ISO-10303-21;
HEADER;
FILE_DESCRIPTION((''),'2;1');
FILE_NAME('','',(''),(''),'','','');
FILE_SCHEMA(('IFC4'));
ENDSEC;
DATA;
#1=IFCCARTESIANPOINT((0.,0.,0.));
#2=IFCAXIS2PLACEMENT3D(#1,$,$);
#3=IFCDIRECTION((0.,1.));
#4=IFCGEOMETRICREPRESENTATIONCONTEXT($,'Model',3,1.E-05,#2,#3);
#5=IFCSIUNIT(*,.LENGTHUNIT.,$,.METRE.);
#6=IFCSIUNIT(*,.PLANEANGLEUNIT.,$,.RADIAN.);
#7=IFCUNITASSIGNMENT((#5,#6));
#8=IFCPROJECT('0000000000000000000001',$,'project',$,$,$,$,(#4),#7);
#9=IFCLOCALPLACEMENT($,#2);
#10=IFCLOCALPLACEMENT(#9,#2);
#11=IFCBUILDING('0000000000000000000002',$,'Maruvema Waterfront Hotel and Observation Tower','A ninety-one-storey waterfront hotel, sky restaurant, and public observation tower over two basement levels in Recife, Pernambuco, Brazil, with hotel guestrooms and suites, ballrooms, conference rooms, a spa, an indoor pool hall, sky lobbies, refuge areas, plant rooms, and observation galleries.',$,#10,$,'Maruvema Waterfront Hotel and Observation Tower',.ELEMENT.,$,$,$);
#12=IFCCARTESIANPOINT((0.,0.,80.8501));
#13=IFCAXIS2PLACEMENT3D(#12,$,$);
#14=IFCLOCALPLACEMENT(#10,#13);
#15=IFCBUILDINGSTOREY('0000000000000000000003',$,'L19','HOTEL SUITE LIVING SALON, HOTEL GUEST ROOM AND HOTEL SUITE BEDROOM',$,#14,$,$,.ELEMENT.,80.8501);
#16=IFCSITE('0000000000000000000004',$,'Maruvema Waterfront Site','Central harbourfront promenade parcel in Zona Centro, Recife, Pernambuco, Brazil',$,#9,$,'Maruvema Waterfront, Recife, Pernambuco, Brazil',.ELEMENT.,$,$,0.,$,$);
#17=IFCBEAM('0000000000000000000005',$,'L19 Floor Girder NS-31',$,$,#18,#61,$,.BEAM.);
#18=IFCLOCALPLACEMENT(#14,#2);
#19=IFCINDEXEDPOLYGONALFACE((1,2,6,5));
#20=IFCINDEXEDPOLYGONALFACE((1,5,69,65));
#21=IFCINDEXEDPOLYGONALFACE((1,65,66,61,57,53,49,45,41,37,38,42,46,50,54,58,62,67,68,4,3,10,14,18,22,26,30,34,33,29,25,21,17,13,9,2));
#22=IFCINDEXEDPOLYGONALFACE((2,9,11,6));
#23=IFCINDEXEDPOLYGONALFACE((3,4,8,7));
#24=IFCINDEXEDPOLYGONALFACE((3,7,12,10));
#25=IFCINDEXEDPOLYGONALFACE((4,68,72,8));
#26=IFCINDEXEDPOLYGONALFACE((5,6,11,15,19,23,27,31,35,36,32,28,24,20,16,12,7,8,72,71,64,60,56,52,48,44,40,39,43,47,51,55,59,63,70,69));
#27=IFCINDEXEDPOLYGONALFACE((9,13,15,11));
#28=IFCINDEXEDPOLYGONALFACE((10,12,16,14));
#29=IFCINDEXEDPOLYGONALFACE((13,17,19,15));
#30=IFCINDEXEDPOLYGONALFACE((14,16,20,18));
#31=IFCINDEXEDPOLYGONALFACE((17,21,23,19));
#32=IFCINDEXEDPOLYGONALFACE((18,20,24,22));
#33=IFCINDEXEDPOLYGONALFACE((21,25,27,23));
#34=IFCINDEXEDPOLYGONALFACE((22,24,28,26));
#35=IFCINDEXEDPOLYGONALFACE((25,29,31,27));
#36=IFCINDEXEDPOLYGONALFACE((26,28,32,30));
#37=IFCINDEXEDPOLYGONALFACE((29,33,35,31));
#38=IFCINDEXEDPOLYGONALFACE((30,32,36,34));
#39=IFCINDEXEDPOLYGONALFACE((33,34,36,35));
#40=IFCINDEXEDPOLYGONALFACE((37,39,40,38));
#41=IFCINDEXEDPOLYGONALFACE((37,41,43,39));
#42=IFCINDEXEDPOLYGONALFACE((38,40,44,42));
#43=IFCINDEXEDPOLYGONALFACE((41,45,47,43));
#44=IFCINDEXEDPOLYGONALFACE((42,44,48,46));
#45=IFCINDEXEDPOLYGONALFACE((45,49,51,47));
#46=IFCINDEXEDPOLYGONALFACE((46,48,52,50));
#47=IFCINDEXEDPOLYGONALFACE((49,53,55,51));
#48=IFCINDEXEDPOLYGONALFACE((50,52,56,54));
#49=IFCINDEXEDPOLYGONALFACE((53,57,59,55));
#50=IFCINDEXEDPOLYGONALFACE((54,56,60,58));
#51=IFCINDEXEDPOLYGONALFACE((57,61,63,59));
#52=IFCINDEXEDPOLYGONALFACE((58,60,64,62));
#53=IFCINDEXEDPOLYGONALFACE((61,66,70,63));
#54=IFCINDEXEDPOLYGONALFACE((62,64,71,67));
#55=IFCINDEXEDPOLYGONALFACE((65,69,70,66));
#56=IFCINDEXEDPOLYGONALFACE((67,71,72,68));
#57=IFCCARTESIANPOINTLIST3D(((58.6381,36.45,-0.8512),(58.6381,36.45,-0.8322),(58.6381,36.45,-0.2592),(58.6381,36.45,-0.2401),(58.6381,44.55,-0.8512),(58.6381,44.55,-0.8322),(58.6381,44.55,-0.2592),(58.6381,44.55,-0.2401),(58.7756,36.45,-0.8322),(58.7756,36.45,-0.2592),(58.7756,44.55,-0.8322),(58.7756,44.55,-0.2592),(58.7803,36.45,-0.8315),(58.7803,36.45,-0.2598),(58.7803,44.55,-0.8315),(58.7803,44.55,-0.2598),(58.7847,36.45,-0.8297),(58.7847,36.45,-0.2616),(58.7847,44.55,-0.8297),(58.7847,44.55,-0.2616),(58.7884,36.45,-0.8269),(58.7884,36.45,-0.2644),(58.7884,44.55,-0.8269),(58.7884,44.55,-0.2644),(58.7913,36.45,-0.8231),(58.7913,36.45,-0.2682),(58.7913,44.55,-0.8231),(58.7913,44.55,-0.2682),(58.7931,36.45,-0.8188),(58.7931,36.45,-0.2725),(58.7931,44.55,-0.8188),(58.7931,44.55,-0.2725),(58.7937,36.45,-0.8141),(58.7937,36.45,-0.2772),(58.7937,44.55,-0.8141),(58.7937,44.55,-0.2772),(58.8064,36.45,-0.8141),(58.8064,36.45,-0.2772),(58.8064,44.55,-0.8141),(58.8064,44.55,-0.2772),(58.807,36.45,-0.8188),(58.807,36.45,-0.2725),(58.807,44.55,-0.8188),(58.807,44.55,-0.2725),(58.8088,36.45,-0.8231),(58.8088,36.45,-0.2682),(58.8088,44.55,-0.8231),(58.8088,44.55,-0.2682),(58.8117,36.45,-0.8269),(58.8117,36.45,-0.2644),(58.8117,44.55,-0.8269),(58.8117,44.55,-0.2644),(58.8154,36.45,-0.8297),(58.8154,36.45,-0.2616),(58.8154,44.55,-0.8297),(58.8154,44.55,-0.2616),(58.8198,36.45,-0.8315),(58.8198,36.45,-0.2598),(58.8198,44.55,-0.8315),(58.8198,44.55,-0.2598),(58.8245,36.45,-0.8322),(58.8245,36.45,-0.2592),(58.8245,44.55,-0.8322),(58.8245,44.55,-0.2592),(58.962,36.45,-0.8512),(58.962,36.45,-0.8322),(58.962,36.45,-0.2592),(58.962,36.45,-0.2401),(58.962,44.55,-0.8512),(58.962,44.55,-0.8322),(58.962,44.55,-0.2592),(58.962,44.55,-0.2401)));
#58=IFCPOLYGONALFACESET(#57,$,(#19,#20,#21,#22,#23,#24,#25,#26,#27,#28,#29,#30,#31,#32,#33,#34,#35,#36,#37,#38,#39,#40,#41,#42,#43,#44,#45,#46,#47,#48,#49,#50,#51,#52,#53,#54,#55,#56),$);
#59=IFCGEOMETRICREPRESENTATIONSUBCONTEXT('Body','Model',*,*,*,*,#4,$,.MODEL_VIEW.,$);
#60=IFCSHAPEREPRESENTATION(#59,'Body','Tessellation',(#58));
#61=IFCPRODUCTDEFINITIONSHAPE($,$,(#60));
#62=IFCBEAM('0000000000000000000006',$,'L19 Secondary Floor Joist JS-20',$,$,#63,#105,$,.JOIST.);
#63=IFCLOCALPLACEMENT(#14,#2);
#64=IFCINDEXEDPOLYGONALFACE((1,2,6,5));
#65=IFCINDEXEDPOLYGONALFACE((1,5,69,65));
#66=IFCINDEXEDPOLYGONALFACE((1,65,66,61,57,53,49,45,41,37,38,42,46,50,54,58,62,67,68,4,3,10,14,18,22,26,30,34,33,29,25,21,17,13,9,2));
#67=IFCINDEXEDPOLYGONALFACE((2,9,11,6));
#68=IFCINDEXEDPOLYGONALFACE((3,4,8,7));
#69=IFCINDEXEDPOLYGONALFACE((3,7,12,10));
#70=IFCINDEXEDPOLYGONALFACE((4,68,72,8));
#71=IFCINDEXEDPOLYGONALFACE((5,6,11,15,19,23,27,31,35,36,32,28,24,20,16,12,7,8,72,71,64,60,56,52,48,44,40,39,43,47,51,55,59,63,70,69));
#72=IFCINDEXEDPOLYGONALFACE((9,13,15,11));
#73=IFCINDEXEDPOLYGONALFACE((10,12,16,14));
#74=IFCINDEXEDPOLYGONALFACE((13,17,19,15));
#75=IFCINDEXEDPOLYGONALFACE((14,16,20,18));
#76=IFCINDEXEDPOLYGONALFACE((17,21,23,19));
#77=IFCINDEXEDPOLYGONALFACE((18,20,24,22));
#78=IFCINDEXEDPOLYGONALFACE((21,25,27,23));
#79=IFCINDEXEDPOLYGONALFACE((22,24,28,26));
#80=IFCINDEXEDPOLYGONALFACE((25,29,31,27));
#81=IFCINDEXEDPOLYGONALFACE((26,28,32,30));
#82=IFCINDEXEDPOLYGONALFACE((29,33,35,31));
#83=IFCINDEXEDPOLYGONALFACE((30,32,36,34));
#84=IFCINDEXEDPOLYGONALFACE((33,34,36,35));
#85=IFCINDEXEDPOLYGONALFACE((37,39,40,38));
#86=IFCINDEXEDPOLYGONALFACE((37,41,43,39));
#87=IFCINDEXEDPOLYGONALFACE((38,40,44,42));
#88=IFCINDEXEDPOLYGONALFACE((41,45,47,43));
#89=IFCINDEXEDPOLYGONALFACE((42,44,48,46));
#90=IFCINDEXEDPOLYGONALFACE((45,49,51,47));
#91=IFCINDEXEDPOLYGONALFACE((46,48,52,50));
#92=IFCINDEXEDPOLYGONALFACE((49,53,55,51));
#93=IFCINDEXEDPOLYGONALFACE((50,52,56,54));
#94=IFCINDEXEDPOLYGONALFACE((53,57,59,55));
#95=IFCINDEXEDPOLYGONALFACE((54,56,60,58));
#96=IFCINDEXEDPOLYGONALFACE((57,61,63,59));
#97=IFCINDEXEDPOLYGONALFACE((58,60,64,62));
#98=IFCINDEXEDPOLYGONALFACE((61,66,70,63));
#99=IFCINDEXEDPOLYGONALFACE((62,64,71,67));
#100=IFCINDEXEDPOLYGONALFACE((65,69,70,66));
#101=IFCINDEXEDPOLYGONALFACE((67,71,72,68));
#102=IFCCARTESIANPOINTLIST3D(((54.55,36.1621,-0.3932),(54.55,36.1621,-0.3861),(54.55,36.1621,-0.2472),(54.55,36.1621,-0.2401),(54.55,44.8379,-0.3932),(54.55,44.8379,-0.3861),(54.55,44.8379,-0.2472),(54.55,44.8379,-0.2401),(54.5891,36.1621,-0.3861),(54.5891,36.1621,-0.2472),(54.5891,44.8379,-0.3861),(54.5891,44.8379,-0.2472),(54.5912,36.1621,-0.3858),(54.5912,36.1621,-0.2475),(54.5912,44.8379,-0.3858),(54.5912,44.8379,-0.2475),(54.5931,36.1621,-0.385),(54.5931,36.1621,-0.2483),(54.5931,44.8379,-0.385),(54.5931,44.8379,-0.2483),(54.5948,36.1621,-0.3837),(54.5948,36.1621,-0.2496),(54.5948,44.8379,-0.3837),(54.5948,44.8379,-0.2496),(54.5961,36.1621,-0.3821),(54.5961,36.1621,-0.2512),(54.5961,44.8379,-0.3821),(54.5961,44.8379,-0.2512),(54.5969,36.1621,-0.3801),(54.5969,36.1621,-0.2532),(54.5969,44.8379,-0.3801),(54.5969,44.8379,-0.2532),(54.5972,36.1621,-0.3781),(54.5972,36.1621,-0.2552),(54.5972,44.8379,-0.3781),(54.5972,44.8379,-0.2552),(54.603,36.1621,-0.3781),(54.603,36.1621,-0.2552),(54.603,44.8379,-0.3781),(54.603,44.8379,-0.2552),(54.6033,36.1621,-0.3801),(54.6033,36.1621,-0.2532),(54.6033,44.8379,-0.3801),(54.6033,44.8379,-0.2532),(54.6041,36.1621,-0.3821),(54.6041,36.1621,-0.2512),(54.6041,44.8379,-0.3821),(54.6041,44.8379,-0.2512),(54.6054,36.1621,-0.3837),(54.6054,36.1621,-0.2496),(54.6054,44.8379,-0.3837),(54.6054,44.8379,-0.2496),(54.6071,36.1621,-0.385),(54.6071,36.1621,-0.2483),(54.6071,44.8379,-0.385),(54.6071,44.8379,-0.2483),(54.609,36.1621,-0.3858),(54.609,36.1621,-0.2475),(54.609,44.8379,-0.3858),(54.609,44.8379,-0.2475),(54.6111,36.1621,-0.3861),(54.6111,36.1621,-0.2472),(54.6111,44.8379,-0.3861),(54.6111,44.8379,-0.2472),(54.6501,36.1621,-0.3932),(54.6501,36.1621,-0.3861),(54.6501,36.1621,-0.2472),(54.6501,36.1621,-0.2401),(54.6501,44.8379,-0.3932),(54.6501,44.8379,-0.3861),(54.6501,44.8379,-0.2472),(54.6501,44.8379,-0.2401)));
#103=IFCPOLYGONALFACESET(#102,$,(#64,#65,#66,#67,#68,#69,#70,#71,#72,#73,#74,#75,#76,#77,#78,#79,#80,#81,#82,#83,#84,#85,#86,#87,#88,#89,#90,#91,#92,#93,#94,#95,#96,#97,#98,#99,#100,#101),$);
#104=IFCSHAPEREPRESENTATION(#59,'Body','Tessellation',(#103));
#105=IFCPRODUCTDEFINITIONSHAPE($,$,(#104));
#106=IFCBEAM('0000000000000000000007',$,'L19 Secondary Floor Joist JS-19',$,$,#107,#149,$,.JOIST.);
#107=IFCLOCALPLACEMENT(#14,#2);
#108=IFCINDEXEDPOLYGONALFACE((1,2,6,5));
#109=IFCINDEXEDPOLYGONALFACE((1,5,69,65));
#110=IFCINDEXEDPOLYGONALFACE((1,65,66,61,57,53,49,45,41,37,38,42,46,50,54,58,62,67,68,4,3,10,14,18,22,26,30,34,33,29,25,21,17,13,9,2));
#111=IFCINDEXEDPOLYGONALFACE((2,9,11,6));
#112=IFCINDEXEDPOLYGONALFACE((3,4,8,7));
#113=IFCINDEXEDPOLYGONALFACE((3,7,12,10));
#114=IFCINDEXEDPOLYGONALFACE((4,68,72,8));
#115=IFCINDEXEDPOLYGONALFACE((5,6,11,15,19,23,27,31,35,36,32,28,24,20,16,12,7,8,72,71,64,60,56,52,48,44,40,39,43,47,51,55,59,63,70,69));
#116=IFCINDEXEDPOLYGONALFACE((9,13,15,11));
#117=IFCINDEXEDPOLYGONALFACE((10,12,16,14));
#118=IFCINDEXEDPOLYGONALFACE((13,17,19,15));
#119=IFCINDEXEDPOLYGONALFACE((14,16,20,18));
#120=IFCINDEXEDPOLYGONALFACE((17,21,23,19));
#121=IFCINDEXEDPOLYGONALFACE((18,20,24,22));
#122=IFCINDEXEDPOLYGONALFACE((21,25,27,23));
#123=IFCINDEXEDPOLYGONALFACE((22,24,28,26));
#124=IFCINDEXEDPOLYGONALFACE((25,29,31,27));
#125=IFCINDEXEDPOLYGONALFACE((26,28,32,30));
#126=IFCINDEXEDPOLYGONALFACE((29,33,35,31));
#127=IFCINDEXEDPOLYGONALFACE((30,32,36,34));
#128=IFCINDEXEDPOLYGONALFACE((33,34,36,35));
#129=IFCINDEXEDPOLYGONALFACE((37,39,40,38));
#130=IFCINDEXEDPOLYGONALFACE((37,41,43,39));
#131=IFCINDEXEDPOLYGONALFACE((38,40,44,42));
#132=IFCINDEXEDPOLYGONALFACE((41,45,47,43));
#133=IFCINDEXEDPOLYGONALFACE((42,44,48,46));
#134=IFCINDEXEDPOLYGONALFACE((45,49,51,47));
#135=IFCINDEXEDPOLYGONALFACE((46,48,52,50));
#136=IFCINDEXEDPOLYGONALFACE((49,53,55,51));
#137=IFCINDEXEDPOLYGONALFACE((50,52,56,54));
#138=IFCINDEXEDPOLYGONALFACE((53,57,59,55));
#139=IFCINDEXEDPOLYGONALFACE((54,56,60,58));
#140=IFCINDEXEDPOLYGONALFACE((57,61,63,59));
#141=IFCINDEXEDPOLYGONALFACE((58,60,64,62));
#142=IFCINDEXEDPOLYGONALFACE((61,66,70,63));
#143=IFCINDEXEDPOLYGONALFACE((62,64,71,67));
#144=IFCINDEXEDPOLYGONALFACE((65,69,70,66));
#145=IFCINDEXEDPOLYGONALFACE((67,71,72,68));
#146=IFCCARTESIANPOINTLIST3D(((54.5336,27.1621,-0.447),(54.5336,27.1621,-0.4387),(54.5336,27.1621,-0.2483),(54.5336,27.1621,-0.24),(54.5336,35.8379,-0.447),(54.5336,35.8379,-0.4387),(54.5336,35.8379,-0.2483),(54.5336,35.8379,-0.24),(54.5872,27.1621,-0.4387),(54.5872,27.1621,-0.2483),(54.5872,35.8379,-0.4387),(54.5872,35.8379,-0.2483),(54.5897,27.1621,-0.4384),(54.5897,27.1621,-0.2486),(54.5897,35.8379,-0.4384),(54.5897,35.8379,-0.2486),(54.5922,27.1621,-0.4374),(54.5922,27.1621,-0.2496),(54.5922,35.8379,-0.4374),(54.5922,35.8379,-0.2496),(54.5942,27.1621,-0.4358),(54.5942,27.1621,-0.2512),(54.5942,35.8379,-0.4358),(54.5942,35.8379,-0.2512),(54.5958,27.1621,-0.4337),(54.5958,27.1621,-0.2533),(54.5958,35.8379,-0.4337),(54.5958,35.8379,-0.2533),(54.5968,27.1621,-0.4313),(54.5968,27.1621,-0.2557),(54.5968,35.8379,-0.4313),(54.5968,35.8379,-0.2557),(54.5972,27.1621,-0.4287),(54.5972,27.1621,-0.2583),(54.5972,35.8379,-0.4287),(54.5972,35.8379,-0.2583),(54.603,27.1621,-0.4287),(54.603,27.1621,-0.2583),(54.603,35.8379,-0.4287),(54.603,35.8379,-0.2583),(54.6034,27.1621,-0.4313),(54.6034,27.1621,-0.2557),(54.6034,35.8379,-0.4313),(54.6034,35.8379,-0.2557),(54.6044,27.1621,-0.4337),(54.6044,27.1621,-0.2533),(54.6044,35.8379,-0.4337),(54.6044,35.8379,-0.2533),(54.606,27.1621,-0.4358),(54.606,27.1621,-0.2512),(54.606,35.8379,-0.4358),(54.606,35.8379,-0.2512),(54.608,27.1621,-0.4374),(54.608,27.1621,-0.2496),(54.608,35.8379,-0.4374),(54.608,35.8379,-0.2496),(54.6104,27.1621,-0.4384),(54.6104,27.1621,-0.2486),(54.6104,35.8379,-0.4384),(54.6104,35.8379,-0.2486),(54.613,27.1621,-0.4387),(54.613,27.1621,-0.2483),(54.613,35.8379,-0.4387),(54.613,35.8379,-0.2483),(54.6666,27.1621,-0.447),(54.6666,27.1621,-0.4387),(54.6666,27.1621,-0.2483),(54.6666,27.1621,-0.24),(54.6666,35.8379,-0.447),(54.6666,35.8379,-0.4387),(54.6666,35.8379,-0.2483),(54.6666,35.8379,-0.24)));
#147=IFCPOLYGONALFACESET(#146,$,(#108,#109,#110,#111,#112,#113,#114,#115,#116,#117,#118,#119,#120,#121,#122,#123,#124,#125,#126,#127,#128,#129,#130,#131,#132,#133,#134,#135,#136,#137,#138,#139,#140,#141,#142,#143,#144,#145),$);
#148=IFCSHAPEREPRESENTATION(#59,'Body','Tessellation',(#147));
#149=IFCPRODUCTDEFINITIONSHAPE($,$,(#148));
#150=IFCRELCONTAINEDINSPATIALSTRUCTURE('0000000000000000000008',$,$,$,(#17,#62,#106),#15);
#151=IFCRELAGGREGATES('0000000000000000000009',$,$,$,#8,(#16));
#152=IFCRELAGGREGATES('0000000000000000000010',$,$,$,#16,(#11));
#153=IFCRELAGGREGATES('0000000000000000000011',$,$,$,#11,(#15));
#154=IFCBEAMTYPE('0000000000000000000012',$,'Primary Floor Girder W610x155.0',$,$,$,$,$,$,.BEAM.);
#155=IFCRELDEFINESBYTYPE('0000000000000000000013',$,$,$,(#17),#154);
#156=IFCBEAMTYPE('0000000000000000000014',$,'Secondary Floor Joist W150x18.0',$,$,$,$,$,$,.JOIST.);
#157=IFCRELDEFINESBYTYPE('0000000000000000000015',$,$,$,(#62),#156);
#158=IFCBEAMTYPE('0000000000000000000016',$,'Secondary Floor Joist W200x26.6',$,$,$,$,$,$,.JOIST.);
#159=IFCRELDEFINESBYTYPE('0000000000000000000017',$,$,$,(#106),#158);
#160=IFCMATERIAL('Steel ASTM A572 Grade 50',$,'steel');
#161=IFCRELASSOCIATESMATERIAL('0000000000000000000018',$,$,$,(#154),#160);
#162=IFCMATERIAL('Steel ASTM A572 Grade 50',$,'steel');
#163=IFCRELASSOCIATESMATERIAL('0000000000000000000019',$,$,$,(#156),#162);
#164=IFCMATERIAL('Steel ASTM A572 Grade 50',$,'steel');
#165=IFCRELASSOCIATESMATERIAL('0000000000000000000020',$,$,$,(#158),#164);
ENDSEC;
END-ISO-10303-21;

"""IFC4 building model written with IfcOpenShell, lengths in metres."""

from ifc_helpers import new_model, si_unit, direction, frame, origin, origin_2d, place, context, subcontext, project, spatial, i_section, extrude, material, material_profile, profile_set, type_object, element, save


model = new_model("IFC4")

# Units and contexts
model_context = context("Model", 3, precision=1e-05, world=origin(), true_north=direction((0.0, 1.0)))
body_context = subcontext(model_context, "Body", "Model", "MODEL_VIEW")
ifc_project = project(units=[si_unit("LENGTHUNIT", "METRE"), si_unit("PLANEANGLEUNIT", "RADIAN")], contexts=[model_context])

# Site, building, storey
site_placement = place(None, origin())
site = spatial("IfcSite", under=ifc_project, at=site_placement, Name="Maruvema Waterfront Site", Description="Central harbourfront promenade parcel in Zona Centro, Recife, Pernambuco, Brazil", LongName="Maruvema Waterfront, Recife, Pernambuco, Brazil", CompositionType="ELEMENT", RefElevation=0.0)
building_placement = place(site_placement, origin())
building = spatial("IfcBuilding", under=site, at=building_placement, Name="Maruvema Waterfront Hotel and Observation Tower", Description="A ninety-one-storey waterfront hotel, sky restaurant, and public observation tower over two basement levels in Recife, Pernambuco, Brazil, with hotel guestrooms and suites, ballrooms, conference rooms, a spa, an indoor pool hall, sky lobbies, refuge areas, plant rooms, and observation galleries.", LongName="Maruvema Waterfront Hotel and Observation Tower", CompositionType="ELEMENT")
storey_placement = place(building_placement, frame((0.0, 0.0, 80.8501)))
storey = spatial("IfcBuildingStorey", under=building, at=storey_placement, Name="L19", Description="HOTEL SUITE LIVING SALON, HOTEL GUEST ROOM AND HOTEL SUITE BEDROOM", CompositionType="ELEMENT", Elevation=80.8501)

# Beams
ifc_material_1 = material(Name="Steel ASTM A572 Grade 50", Category="steel")
ifc_material_profile_1 = material_profile(ifc_material_1, i_section(OverallWidth=0.324, OverallDepth=0.6111, WebThickness=0.0127, FlangeThickness=0.019, FilletRadius=0.0181, at=origin_2d()), Name="W610x155.0")
ifc_profile_set_1 = profile_set([ifc_material_profile_1], Name="Steel ASTM A572 Grade 50")
beam_type_1 = type_object("IfcBeamType", Name="Primary Floor Girder W610x155.0", PredefinedType="BEAM", material=ifc_profile_set_1)
for number, where, z_axis, x_axis, name in (
    (1, (58.8, 36.45, -0.5457), (0.0, 1.0, 0.0), (-1.0, 0.0, 0.0), "L19 Floor Girder NS-31"),
):
    element("IfcBeam", number, at=place(storey_placement, frame(where, z_axis=z_axis, x_axis=x_axis)), inside=storey, type_object=beam_type_1, Name=name, PredefinedType="BEAM", context=body_context, shape_type="SweptSolid", body=[
        extrude(i_section(OverallWidth=0.324, OverallDepth=0.6111, WebThickness=0.0127, FlangeThickness=0.019, FilletRadius=0.0181, at=origin_2d()), origin(), (0.0, 0.0, 1.0), 8.1001),
    ])
ifc_material_2 = material(Name="Steel ASTM A572 Grade 50", Category="steel")
ifc_material_profile_2 = material_profile(ifc_material_2, i_section(OverallWidth=0.1001, OverallDepth=0.1531, WebThickness=0.0059, FlangeThickness=0.0071, FilletRadius=0.0081, at=origin_2d()), Name="W150x18.0")
ifc_profile_set_2 = profile_set([ifc_material_profile_2], Name="Steel ASTM A572 Grade 50")
beam_type_2 = type_object("IfcBeamType", Name="Secondary Floor Joist W150x18.0", PredefinedType="JOIST", material=ifc_profile_set_2)
beam_1_placement = place(storey_placement, frame((54.6001, 36.1621, -0.3167), z_axis=(0.0, 1.0, 0.0), x_axis=(-1.0, 0.0, 0.0)))
element("IfcBeam", 2, at=beam_1_placement, inside=storey, type_object=beam_type_2, Name="L19 Secondary Floor Joist JS-20", PredefinedType="JOIST", context=body_context, shape_type="SweptSolid", body=[
    extrude(i_section(OverallWidth=0.1001, OverallDepth=0.1531, WebThickness=0.0059, FlangeThickness=0.0071, FilletRadius=0.0081, at=origin_2d()), origin(), (0.0, 0.0, 1.0), 8.6758),
])
ifc_material_3 = material(Name="Steel ASTM A572 Grade 50", Category="steel")
ifc_material_profile_3 = material_profile(ifc_material_3, i_section(OverallWidth=0.1331, OverallDepth=0.207, WebThickness=0.0059, FlangeThickness=0.0083, FilletRadius=0.01, at=origin_2d()), Name="W200x26.6")
ifc_profile_set_3 = profile_set([ifc_material_profile_3], Name="Steel ASTM A572 Grade 50")
beam_type_3 = type_object("IfcBeamType", Name="Secondary Floor Joist W200x26.6", PredefinedType="JOIST", material=ifc_profile_set_3)
beam_2_placement = place(storey_placement, frame((54.6001, 27.1621, -0.3435), z_axis=(0.0, 1.0, 0.0), x_axis=(-1.0, 0.0, 0.0)))
element("IfcBeam", 3, at=beam_2_placement, inside=storey, type_object=beam_type_3, Name="L19 Secondary Floor Joist JS-19", PredefinedType="JOIST", context=body_context, shape_type="SweptSolid", body=[
    extrude(i_section(OverallWidth=0.1331, OverallDepth=0.207, WebThickness=0.0059, FlangeThickness=0.0083, FilletRadius=0.01, at=origin_2d()), origin(), (0.0, 0.0, 1.0), 8.6758),
])

save(model, "model.ifc")
